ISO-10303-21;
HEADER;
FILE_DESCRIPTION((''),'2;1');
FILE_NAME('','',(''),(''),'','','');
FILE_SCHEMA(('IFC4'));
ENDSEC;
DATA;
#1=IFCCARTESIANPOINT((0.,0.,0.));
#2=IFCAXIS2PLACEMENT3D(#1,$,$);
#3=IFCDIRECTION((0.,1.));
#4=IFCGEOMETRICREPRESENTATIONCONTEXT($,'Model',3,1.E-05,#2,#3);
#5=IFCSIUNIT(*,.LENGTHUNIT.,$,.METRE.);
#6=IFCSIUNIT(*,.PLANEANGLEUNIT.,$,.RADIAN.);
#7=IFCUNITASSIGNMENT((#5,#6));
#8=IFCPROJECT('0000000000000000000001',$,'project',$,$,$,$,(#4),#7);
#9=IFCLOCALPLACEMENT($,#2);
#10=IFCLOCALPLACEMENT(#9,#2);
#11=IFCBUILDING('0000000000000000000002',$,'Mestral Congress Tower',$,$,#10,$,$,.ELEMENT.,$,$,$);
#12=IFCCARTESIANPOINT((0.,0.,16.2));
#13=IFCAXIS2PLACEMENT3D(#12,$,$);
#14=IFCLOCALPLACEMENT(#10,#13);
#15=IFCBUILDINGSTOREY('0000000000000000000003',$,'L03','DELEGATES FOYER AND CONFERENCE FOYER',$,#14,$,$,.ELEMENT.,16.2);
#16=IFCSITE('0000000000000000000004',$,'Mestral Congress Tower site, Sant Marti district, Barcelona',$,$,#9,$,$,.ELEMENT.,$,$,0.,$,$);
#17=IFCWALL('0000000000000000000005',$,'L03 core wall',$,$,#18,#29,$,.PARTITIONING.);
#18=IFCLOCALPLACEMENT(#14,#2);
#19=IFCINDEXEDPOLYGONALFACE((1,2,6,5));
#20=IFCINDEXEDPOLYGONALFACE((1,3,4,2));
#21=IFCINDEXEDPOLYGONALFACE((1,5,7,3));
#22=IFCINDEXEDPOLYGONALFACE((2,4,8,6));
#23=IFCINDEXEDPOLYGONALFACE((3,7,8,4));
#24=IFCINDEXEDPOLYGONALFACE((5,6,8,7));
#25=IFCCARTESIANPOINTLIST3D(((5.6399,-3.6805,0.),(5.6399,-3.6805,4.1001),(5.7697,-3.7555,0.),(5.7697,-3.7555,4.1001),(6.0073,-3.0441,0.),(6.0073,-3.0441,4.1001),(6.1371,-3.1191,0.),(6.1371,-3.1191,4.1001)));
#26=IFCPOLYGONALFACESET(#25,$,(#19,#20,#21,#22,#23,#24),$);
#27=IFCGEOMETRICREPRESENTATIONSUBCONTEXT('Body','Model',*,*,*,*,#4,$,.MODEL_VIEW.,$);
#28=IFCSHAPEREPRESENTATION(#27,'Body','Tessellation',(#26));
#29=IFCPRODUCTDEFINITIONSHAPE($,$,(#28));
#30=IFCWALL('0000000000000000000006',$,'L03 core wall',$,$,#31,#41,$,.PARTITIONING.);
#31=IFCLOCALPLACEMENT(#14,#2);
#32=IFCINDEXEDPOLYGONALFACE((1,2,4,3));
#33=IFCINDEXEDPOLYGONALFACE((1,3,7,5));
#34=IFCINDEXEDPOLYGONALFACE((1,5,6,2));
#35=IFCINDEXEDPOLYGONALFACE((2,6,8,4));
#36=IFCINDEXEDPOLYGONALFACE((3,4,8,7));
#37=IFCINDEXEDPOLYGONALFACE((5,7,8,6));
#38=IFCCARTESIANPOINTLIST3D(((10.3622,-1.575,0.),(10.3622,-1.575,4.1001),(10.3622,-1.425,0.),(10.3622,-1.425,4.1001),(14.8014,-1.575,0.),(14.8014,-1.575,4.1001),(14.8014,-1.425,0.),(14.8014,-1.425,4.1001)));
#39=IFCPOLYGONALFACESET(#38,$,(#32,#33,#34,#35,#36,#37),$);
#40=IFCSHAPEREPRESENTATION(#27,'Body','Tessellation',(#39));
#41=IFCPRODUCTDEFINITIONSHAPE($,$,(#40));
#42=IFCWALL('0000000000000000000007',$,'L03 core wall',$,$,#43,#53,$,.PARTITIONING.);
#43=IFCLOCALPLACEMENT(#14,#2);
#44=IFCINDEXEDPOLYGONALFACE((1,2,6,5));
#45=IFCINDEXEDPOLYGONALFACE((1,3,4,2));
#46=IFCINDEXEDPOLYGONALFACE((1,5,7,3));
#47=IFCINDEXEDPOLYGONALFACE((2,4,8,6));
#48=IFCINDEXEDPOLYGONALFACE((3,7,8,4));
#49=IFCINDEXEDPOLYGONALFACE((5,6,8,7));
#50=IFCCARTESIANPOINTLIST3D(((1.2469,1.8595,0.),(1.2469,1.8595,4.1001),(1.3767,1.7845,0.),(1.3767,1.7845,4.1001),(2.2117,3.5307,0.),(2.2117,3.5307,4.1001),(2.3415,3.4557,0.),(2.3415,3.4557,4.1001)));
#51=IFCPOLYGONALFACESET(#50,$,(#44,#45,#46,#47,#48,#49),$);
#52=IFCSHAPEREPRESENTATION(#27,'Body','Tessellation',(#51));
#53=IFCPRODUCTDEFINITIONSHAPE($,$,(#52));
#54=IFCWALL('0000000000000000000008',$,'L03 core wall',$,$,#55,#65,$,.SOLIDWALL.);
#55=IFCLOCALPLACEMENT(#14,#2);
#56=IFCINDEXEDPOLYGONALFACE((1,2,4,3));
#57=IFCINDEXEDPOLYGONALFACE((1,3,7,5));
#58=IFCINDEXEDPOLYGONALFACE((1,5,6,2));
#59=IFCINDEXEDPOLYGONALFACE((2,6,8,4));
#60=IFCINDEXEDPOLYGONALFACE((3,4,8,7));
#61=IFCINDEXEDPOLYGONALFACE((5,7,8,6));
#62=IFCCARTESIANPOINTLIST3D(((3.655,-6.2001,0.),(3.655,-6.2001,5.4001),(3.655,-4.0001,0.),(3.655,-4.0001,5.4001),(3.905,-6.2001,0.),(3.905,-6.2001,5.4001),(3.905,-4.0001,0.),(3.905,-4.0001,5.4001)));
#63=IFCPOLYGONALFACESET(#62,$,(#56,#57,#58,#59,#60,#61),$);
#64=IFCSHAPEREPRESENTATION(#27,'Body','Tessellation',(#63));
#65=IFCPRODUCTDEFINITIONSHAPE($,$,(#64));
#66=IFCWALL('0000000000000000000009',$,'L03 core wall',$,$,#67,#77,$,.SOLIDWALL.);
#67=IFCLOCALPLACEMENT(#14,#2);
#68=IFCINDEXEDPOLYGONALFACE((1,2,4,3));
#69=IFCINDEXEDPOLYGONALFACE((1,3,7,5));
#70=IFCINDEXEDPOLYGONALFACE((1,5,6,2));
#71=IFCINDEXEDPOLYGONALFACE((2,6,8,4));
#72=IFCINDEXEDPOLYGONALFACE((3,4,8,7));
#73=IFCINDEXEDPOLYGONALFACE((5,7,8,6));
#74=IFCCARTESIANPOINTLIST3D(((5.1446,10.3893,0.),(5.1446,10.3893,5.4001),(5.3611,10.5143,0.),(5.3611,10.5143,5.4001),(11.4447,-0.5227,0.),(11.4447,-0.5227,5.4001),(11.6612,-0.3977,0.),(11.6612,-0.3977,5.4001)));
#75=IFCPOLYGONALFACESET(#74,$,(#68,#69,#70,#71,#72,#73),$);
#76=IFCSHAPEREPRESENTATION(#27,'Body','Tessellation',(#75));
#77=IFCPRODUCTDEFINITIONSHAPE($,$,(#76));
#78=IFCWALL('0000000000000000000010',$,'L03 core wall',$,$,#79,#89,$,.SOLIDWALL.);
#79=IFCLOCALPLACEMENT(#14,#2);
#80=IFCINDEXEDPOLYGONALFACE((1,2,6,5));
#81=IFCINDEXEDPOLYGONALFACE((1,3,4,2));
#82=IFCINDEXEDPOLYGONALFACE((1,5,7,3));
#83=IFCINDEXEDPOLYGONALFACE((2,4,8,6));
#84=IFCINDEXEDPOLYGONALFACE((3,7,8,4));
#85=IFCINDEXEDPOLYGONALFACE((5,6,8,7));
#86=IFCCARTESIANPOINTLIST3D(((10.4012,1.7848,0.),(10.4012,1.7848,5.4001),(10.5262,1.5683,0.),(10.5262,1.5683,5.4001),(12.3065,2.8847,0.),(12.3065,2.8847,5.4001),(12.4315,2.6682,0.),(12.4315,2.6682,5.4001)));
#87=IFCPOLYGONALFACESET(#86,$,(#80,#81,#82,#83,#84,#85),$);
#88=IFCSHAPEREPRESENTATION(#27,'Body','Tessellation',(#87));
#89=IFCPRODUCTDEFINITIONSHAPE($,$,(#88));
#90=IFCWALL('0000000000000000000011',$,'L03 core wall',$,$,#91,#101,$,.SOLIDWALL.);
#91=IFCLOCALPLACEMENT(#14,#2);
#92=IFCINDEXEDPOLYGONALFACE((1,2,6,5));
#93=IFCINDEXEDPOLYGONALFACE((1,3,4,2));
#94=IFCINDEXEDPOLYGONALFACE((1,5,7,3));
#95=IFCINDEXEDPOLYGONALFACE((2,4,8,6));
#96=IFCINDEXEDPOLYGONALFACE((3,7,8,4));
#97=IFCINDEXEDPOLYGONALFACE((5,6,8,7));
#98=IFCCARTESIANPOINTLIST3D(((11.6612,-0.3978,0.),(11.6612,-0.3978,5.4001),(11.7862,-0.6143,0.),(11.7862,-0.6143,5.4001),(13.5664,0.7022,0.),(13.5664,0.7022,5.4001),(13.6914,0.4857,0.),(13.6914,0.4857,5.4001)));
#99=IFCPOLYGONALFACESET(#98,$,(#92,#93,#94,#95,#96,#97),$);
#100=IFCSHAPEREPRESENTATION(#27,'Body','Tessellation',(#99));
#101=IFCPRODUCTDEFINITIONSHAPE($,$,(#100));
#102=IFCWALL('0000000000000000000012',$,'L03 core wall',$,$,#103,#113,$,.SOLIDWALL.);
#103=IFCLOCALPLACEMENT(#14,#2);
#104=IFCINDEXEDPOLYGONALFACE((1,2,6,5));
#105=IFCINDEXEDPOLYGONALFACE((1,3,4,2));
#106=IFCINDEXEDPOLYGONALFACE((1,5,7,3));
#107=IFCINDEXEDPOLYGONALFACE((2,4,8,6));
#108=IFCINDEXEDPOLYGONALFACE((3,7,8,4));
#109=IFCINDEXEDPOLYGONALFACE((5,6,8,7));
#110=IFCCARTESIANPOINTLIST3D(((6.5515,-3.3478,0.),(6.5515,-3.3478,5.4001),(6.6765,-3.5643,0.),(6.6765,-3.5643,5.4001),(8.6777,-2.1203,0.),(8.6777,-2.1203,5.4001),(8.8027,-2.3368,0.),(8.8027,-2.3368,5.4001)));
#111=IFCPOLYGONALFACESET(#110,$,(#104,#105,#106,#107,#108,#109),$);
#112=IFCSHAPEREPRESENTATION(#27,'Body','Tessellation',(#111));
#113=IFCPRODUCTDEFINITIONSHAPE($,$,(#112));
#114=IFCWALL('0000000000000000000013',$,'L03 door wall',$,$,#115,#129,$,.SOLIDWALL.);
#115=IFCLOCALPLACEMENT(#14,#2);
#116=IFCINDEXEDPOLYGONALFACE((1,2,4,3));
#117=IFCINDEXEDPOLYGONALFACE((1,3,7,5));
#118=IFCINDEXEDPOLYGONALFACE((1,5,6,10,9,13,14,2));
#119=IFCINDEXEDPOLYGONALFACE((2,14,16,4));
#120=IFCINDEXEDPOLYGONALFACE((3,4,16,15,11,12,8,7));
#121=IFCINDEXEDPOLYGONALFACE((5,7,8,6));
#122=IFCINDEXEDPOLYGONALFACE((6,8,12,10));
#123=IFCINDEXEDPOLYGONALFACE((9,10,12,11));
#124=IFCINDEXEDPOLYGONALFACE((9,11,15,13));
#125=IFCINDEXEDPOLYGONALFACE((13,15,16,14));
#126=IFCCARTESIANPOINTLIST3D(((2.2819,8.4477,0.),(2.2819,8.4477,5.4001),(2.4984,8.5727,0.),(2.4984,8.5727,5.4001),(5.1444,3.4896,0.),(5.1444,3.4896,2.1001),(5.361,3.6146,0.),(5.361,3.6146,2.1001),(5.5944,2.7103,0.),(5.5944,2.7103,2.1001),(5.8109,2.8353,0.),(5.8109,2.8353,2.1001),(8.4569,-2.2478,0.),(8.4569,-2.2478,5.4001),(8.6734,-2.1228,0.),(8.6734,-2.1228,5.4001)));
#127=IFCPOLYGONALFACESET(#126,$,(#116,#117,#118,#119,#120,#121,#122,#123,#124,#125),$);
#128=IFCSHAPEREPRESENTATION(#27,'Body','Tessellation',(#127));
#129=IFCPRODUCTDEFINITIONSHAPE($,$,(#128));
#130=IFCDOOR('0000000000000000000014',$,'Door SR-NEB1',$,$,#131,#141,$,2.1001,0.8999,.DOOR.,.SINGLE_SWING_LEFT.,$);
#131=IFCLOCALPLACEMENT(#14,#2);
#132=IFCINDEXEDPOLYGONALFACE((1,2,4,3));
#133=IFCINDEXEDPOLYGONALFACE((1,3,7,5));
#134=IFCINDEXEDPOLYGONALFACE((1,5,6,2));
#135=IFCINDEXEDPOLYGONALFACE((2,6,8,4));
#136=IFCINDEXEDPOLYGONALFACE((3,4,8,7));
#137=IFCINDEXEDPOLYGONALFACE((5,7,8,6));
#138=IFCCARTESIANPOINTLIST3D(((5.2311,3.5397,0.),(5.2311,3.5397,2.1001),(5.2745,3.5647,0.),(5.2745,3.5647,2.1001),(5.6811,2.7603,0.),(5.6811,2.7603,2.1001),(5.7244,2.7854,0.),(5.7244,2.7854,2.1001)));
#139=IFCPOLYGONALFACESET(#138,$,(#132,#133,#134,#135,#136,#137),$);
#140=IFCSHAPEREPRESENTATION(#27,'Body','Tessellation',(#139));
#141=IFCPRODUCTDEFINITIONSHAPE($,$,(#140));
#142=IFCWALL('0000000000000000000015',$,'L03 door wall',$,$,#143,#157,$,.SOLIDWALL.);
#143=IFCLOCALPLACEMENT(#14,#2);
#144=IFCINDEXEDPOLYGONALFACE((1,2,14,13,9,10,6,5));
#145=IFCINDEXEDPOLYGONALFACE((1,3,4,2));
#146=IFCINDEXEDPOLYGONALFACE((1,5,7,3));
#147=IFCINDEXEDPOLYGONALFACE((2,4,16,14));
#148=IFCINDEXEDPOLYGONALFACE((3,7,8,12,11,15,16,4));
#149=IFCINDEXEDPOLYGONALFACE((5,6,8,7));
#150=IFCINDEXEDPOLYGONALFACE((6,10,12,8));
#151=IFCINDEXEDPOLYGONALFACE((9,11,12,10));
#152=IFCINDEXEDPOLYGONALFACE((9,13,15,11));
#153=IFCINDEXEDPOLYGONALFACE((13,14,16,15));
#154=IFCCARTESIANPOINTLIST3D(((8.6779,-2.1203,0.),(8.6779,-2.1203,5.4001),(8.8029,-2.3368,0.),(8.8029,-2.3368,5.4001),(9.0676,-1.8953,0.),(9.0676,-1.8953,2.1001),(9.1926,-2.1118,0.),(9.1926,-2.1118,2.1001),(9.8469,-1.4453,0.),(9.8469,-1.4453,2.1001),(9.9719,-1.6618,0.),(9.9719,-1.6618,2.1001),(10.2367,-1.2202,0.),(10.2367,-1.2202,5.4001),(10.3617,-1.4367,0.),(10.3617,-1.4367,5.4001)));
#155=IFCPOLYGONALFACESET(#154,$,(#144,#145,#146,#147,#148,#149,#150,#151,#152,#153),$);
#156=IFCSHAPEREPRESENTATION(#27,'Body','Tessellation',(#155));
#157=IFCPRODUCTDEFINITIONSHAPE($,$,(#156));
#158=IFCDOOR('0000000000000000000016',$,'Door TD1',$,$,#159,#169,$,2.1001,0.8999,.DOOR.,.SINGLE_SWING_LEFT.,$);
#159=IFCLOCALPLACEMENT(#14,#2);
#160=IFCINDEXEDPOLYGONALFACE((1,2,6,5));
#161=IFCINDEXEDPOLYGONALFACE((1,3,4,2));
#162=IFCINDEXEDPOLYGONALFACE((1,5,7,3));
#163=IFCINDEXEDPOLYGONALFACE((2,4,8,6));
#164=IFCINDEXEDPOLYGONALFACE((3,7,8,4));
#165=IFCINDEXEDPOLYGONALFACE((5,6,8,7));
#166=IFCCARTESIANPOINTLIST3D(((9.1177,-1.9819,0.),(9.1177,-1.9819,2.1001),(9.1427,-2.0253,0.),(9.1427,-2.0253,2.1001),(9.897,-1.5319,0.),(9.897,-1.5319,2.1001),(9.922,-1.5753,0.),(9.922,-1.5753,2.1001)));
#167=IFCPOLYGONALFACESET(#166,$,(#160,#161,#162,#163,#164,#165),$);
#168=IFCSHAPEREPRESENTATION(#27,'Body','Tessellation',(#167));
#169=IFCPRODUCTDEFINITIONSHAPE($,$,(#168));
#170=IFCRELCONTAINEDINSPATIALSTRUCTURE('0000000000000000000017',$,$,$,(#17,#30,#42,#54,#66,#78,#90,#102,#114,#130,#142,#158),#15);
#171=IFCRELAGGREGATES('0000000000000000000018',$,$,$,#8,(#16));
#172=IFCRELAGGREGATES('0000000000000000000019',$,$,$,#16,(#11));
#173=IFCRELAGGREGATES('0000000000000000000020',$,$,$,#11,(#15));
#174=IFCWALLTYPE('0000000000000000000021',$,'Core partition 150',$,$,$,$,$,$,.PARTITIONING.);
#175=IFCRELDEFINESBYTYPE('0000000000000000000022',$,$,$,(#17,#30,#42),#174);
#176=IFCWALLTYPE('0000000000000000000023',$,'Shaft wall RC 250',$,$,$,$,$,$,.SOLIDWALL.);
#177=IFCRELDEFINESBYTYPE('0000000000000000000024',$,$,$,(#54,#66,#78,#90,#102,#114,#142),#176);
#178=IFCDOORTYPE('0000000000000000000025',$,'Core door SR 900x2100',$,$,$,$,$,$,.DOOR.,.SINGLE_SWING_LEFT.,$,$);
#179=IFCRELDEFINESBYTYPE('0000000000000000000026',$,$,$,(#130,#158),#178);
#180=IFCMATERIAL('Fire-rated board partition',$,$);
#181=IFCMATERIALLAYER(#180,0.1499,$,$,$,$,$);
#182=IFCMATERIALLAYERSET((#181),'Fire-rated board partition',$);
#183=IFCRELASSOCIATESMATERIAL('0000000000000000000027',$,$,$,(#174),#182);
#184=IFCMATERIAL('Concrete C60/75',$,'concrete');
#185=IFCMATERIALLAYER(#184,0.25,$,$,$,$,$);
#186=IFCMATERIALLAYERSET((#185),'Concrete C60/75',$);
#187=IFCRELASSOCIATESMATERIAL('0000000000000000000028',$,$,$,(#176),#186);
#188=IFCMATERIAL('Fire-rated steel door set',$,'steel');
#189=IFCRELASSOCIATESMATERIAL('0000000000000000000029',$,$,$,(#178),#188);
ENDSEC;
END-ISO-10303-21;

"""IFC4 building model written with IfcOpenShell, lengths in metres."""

from ifc_helpers import new_model, si_unit, direction, frame, frame_2d, origin, place, context, subcontext, project, spatial, rectangle, extrude, material, layer, layer_set, type_object, element, fill, save


model = new_model("IFC4")

# Units and contexts
model_context = context("Model", 3, precision=1e-05, world=origin(), true_north=direction((0.0, 1.0)))
body_context = subcontext(model_context, "Body", "Model", "MODEL_VIEW")
ifc_project = project(units=[si_unit("LENGTHUNIT", "METRE"), si_unit("PLANEANGLEUNIT", "RADIAN")], contexts=[model_context])

# Site, building, storey
site_placement = place(None, origin())
site = spatial("IfcSite", under=ifc_project, at=site_placement, Name="Mestral Congress Tower site, Sant Marti district, Barcelona", CompositionType="ELEMENT", RefElevation=0.0)
building_placement = place(site_placement, origin())
building = spatial("IfcBuilding", under=site, at=building_placement, Name="Mestral Congress Tower", CompositionType="ELEMENT")
storey_placement = place(building_placement, frame((0.0, 0.0, 16.2)))
storey = spatial("IfcBuildingStorey", under=building, at=storey_placement, Name="L03", Description="DELEGATES FOYER AND CONFERENCE FOYER", CompositionType="ELEMENT", Elevation=16.2)

# Walls
ifc_material_1 = material(Name="Fire-rated board partition")
ifc_layer_1 = layer(ifc_material_1, 0.1499)
ifc_layer_set_1 = layer_set([ifc_layer_1], Name="Fire-rated board partition")
wall_type_1 = type_object("IfcWallType", Name="Core partition 150", PredefinedType="PARTITIONING", material=ifc_layer_set_1)
wall_1_placement = place(storey_placement, frame((5.7048, -3.718, 0.0), z_axis=(0.0, 0.0, 1.0), x_axis=(0.499962, 0.866047, 0.0)))
element("IfcWall", 1, at=wall_1_placement, inside=storey, type_object=wall_type_1, Name="L03 core wall", PredefinedType="PARTITIONING", context=body_context, shape_type="SweptSolid", body=[
    extrude(rectangle(XDim=0.7349, YDim=0.1499, at=frame_2d((0.3674, 0.0))), origin(), (0.0, 0.0, 1.0), 4.1001),
])
wall_2_placement = place(storey_placement, frame((10.3621, -1.5, 0.0), z_axis=(0.0, 0.0, 1.0), x_axis=(1.0, 0.0, 0.0)))
element("IfcWall", 2, at=wall_2_placement, inside=storey, type_object=wall_type_1, Name="L03 core wall", PredefinedType="PARTITIONING", context=body_context, shape_type="SweptSolid", body=[
    extrude(rectangle(XDim=4.4392, YDim=0.1499, at=frame_2d((2.2197, 0.0))), origin(), (0.0, 0.0, 1.0), 4.1001),
])
wall_3_placement = place(storey_placement, frame((1.3118, 1.822, 0.0), z_axis=(0.0, 0.0, 1.0), x_axis=(0.500004, 0.866023, 0.0)))
element("IfcWall", 3, at=wall_3_placement, inside=storey, type_object=wall_type_1, Name="L03 core wall", PredefinedType="PARTITIONING", context=body_context, shape_type="SweptSolid", body=[
    extrude(rectangle(XDim=1.9297, YDim=0.1499, at=frame_2d((0.9648, 0.0))), origin(), (0.0, 0.0, 1.0), 4.1001),
])
ifc_material_2 = material(Name="Concrete C60/75", Category="concrete")
ifc_layer_2 = layer(ifc_material_2, 0.25)
ifc_layer_set_2 = layer_set([ifc_layer_2], Name="Concrete C60/75")
wall_type_2 = type_object("IfcWallType", Name="Shaft wall RC 250", PredefinedType="SOLIDWALL", material=ifc_layer_set_2)
wall_4_placement = place(storey_placement, frame((3.78, -4.0, 0.0), z_axis=(0.0, 0.0, 1.0), x_axis=(0.0, -1.0, 0.0)))
element("IfcWall", 4, at=wall_4_placement, inside=storey, type_object=wall_type_2, Name="L03 core wall", PredefinedType="SOLIDWALL", context=body_context, shape_type="SweptSolid", body=[
    extrude(rectangle(XDim=2.2, YDim=0.25, at=frame_2d((1.1001, 0.0))), origin(), (0.0, 0.0, 1.0), 5.4001),
])
wall_5_placement = place(storey_placement, frame((11.553, -0.4602, 0.0), z_axis=(0.0, 0.0, 1.0), x_axis=(-0.500005, 0.866023, 0.0)))
element("IfcWall", 5, at=wall_5_placement, inside=storey, type_object=wall_type_2, Name="L03 core wall", PredefinedType="SOLIDWALL", context=body_context, shape_type="SweptSolid", body=[
    extrude(rectangle(XDim=12.6001, YDim=0.25, at=frame_2d((6.3, 0.0))), origin(), (0.0, 0.0, 1.0), 5.4001),
])
for number, where, z_axis, x_axis, name in (
    (6, (10.4636, 1.6765, 0.0), (0.0, 0.0, 1.0), (0.866056, 0.499947, 0.0), "L03 core wall"),
    (7, (11.7236, -0.5061, 0.0), (0.0, 0.0, 1.0), (0.866008, 0.50003, 0.0), "L03 core wall"),
):
    element("IfcWall", number, at=place(storey_placement, frame(where, z_axis=z_axis, x_axis=x_axis)), inside=storey, type_object=wall_type_2, Name=name, PredefinedType="SOLIDWALL", context=body_context, shape_type="SweptSolid", body=[
        extrude(rectangle(XDim=2.2, YDim=0.25, at=frame_2d((1.1001, 0.0))), origin(), (0.0, 0.0, 1.0), 5.4001),
    ])
wall_6_placement = place(storey_placement, frame((6.614, -3.4561, 0.0), z_axis=(0.0, 0.0, 1.0), x_axis=(0.866032, 0.499989, 0.0)))
element("IfcWall", 8, at=wall_6_placement, inside=storey, type_object=wall_type_2, Name="L03 core wall", PredefinedType="SOLIDWALL", context=body_context, shape_type="SweptSolid", body=[
    extrude(rectangle(XDim=2.4551, YDim=0.25, at=frame_2d((1.2275, 0.0))), origin(), (0.0, 0.0, 1.0), 5.4001),
])

# Walls, openings, doors
wall_7_placement = place(storey_placement, frame((8.5652, -2.1853, 0.0), z_axis=(0.0, 0.0, 1.0), x_axis=(-0.499998, 0.866027, 0.0)))
wall_7 = element("IfcWall", 9, at=wall_7_placement, inside=storey, type_object=wall_type_2, Name="L03 door wall", PredefinedType="SOLIDWALL", context=body_context, shape_type="SweptSolid", body=[
    extrude(rectangle(XDim=12.3501, YDim=0.25, at=frame_2d((6.175, 0.0))), origin(), (0.0, 0.0, 1.0), 5.4001),
])
opening_1_placement = place(wall_7_placement, frame((5.7251, 0.0, 0.0)))
opening_1 = element("IfcOpeningElement", 10, at=opening_1_placement, cuts=wall_7, PredefinedType="OPENING", context=body_context, shape_type="SweptSolid", body=[
    extrude(rectangle(XDim=0.8999, YDim=2.1001, at=frame_2d((0.45, 1.05))), frame((0.0, 0.135, 0.0), z_axis=(0.0, -1.0, 0.0), x_axis=(1.0, 0.0, 0.0)), (0.0, 0.0, 1.0), 0.27),
])
ifc_material_3 = material(Name="Fire-rated steel door set", Category="steel")
door_type_1 = type_object("IfcDoorType", Name="Core door SR 900x2100", OperationType="SINGLE_SWING_LEFT", PredefinedType="DOOR", material=ifc_material_3)
door_1_placement = place(opening_1_placement, origin())
door_1 = element("IfcDoor", 11, at=door_1_placement, inside=storey, type_object=door_type_1, Name="Door SR-NEB1", OperationType="SINGLE_SWING_LEFT", OverallHeight=2.1001, OverallWidth=0.8999, PredefinedType="DOOR", context=body_context, shape_type="SweptSolid", body=[
    extrude(rectangle(XDim=0.8999, YDim=2.1001, at=frame_2d((0.45, 1.05))), frame((0.0, 0.0249, 0.0), z_axis=(0.0, -1.0, 0.0), x_axis=(1.0, 0.0, 0.0)), (0.0, 0.0, 1.0), 0.05),
])
fill(opening_1, door_1)
wall_8_placement = place(storey_placement, frame((8.7405, -2.2285, 0.0), z_axis=(0.0, 0.0, 1.0), x_axis=(0.865989, 0.500063, 0.0)))
wall_8 = element("IfcWall", 12, at=wall_8_placement, inside=storey, type_object=wall_type_2, Name="L03 door wall", PredefinedType="SOLIDWALL", context=body_context, shape_type="SweptSolid", body=[
    extrude(rectangle(XDim=1.8, YDim=0.25, at=frame_2d((0.8999, 0.0))), origin(), (0.0, 0.0, 1.0), 5.4001),
])
opening_2_placement = place(wall_8_placement, frame((0.45, 0.0, 0.0)))
opening_2 = element("IfcOpeningElement", 13, at=opening_2_placement, cuts=wall_8, PredefinedType="OPENING", context=body_context, shape_type="SweptSolid", body=[
    extrude(rectangle(XDim=0.8999, YDim=2.1001, at=frame_2d((0.45, 1.05))), frame((0.0, 0.135, 0.0), z_axis=(0.0, -1.0, 0.0), x_axis=(1.0, 0.0, 0.0)), (0.0, 0.0, 1.0), 0.27),
])
door_2_placement = place(opening_2_placement, origin())
door_2 = element("IfcDoor", 14, at=door_2_placement, inside=storey, type_object=door_type_1, Name="Door TD1", OperationType="SINGLE_SWING_LEFT", OverallHeight=2.1001, OverallWidth=0.8999, PredefinedType="DOOR", context=body_context, shape_type="SweptSolid", body=[
    extrude(rectangle(XDim=0.8999, YDim=2.1001, at=frame_2d((0.45, 1.05))), frame((0.0, 0.0249, 0.0), z_axis=(0.0, -1.0, 0.0), x_axis=(1.0, 0.0, 0.0)), (0.0, 0.0, 1.0), 0.05),
])
fill(opening_2, door_2)

save(model, "model.ifc")
